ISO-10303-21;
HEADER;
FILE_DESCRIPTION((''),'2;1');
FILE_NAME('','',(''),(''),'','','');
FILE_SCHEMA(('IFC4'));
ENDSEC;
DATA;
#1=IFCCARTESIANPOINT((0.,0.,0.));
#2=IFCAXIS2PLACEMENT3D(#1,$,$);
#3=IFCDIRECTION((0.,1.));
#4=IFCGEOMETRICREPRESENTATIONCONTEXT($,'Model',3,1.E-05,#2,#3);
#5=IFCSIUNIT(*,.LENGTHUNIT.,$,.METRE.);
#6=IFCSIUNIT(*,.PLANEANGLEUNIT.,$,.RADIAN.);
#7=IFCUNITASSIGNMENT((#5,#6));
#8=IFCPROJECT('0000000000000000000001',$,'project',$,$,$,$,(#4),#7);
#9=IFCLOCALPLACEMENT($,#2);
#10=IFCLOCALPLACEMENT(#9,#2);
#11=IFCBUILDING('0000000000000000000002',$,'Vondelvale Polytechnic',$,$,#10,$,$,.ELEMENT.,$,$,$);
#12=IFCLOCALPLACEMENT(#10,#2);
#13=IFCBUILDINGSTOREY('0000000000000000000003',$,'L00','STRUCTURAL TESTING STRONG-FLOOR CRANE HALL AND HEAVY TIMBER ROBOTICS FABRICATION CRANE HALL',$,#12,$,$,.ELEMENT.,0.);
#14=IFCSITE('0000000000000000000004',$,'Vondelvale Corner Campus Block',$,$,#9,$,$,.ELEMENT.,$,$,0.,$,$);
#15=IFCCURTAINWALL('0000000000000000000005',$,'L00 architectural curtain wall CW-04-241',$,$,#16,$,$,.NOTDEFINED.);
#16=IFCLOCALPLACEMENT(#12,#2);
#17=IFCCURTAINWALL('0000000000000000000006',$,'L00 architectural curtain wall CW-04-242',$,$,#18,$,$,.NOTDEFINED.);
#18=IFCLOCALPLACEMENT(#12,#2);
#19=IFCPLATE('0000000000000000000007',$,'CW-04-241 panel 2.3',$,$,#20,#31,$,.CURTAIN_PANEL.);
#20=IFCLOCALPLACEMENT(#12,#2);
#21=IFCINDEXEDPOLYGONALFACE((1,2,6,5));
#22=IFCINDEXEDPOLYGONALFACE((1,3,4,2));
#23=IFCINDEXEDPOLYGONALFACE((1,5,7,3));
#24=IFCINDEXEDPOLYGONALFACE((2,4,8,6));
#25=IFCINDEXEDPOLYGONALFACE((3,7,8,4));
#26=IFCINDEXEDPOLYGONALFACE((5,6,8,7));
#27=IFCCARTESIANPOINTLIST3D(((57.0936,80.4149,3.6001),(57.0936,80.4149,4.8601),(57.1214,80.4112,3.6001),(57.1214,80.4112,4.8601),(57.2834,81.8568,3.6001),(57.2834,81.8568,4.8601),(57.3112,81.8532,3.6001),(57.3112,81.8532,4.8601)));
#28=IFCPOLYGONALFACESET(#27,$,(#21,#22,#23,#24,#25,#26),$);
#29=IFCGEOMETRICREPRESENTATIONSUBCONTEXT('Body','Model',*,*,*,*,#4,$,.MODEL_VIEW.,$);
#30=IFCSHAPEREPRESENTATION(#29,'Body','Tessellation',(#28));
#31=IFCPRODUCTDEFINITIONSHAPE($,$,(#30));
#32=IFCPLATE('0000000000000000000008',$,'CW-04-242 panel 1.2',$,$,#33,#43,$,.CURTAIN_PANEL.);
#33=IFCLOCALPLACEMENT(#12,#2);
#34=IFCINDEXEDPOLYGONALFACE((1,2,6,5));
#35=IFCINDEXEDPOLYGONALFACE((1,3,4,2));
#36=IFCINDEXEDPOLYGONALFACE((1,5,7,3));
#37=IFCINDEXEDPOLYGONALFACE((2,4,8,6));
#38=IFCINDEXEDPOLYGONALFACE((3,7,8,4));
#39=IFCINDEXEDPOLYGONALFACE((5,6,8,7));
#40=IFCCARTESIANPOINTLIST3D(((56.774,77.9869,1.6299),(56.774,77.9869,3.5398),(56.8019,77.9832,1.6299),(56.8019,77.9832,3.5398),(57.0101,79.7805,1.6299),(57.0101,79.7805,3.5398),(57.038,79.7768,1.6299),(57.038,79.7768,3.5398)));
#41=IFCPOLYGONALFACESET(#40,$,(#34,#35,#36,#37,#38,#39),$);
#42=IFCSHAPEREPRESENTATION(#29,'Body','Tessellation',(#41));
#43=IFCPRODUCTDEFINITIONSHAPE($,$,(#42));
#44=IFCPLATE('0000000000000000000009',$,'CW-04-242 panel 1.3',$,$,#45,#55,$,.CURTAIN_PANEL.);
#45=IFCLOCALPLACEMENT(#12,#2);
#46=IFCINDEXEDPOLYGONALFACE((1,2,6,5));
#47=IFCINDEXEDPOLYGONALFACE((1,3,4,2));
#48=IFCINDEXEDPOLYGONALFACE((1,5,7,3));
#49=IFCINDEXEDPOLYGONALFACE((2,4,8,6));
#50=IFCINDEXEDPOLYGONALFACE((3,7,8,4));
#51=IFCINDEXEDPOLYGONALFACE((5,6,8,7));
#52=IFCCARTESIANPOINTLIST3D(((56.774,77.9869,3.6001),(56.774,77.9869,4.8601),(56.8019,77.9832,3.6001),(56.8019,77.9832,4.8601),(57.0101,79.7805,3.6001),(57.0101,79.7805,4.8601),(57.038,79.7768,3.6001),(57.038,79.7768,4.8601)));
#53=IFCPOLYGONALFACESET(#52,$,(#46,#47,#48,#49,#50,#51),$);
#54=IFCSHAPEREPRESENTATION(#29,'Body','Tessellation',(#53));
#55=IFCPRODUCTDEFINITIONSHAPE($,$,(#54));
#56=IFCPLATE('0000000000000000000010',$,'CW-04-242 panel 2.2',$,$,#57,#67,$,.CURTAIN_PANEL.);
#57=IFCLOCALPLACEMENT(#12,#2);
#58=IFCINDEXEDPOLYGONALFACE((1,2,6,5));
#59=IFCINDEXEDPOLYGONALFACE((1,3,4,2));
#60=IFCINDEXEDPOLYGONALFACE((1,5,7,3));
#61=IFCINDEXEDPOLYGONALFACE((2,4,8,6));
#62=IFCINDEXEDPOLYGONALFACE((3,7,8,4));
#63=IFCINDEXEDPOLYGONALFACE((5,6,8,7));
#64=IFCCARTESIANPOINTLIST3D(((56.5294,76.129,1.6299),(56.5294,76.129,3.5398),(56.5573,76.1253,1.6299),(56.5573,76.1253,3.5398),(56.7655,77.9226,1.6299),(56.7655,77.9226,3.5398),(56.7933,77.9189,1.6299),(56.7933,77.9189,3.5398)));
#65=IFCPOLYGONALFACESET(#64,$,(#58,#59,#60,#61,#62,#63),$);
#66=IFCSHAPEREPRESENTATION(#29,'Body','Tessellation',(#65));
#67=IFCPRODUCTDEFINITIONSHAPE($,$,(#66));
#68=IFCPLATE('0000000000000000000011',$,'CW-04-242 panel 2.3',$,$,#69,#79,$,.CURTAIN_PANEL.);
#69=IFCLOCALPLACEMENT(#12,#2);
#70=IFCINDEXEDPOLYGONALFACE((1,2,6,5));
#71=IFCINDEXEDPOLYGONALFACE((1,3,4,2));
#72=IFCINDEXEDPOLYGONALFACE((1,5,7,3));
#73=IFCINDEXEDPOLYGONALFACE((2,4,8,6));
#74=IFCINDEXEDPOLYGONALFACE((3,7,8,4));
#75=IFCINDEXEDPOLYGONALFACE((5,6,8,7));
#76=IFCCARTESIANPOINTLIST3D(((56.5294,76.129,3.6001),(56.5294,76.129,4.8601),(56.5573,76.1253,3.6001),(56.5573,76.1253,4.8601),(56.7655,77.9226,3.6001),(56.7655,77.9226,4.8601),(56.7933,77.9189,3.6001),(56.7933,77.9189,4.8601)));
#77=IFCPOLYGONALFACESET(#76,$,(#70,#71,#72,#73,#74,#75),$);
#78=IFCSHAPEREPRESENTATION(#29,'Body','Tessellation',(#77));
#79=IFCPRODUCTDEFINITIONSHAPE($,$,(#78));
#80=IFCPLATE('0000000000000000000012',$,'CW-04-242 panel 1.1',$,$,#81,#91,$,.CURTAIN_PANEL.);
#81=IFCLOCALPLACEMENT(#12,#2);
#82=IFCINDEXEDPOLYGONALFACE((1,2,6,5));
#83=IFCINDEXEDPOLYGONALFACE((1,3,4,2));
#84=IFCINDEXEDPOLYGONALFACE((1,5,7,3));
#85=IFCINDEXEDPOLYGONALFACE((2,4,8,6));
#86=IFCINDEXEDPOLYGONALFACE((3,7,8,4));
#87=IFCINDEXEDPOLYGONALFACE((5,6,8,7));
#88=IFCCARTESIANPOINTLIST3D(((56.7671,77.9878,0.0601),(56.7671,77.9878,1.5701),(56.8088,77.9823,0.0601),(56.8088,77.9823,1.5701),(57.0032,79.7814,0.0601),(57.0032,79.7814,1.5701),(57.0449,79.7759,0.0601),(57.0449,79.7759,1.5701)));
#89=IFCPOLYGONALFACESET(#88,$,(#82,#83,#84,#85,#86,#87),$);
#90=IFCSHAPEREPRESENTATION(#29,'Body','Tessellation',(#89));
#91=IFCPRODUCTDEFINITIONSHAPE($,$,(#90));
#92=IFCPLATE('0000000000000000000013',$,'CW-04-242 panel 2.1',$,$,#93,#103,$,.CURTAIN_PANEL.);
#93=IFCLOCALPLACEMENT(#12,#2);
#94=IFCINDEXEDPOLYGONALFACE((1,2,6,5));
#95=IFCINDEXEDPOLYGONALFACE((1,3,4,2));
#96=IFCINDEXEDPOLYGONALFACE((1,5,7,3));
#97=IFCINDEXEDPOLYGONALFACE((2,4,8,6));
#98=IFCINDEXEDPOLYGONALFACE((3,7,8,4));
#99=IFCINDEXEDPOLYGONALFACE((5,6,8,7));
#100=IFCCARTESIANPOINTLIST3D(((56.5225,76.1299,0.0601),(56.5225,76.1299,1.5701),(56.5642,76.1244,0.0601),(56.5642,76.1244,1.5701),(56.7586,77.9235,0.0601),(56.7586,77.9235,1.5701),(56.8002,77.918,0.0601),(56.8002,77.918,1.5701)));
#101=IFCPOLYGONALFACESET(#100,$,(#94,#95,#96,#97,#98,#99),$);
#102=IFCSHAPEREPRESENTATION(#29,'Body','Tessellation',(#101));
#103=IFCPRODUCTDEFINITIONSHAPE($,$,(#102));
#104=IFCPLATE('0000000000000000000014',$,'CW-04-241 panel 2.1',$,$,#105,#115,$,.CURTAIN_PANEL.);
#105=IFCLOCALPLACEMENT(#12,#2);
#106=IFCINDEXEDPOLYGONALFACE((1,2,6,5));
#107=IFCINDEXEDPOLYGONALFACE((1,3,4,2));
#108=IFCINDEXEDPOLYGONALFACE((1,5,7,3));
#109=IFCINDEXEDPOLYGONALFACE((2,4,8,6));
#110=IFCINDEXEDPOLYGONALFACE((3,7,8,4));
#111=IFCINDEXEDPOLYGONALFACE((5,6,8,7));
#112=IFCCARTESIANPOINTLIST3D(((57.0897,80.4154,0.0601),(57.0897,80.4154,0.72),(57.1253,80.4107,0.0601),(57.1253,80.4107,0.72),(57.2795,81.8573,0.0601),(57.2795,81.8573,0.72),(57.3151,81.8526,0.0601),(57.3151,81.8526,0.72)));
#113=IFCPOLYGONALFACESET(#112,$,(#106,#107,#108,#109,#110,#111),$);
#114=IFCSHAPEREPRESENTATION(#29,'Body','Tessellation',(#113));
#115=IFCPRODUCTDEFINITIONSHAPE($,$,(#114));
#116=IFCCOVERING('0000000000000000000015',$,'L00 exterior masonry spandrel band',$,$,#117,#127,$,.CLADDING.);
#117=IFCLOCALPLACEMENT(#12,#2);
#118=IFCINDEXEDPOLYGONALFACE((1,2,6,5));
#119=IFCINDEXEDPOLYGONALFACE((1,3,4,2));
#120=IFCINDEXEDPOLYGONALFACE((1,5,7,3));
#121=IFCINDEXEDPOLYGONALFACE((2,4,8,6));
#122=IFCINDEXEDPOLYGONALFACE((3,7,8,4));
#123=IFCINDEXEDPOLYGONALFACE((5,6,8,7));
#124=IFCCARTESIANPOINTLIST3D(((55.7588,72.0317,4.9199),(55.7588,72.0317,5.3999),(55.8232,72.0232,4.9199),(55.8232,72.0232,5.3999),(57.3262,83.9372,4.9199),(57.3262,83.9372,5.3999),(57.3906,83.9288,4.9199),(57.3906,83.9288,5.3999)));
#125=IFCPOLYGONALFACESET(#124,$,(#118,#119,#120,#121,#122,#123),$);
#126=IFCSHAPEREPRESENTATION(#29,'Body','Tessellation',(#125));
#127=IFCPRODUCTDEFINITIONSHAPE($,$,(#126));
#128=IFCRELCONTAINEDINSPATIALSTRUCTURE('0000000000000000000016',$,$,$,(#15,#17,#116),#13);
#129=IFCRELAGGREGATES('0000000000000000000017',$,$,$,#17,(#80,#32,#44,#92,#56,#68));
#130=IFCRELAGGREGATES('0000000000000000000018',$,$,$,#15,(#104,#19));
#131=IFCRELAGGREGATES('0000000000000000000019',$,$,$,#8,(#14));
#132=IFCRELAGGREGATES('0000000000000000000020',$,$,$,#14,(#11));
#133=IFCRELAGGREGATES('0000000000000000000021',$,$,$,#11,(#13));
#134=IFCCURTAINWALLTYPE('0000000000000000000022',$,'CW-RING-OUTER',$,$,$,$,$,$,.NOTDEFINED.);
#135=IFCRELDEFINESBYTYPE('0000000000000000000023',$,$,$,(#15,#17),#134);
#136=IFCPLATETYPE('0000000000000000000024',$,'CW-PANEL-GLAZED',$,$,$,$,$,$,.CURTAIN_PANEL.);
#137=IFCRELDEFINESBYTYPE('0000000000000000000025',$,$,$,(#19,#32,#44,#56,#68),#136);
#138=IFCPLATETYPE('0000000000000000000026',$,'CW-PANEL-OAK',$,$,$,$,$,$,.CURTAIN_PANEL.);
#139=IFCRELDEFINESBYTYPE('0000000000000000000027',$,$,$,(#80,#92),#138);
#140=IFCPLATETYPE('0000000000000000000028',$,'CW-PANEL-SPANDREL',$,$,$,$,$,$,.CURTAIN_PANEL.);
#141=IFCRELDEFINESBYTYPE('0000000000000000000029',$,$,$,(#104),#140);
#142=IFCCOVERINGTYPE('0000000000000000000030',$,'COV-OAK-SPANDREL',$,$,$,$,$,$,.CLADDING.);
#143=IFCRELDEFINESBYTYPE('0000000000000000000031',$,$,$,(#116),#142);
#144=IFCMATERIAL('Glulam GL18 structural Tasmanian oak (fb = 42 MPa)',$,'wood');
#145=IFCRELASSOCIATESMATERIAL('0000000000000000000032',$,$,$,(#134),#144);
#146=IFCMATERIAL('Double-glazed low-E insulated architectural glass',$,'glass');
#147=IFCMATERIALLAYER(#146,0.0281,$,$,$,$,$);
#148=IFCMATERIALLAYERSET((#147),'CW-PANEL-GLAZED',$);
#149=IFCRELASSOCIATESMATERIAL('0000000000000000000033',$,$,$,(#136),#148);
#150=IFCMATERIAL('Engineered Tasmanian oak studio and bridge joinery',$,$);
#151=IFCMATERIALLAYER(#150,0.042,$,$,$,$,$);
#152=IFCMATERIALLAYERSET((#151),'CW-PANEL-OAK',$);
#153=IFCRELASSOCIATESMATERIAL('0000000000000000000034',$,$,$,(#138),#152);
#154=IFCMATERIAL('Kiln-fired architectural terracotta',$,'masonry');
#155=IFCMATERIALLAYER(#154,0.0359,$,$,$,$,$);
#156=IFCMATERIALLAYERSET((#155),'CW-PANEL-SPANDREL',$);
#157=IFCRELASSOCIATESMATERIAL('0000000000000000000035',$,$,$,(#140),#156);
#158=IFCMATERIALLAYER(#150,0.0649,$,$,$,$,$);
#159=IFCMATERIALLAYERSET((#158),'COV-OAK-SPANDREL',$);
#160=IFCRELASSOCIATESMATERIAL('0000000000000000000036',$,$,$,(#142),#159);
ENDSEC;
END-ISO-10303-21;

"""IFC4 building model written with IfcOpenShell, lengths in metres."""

from ifc_helpers import new_model, si_unit, direction, frame, origin, origin_2d, place, context, subcontext, project, spatial, rectangle, extrude, material, layer, layer_set, type_object, element, aggregate, save


model = new_model("IFC4")

# Units and contexts
model_context = context("Model", 3, precision=1e-05, world=origin(), true_north=direction((0.0, 1.0)))
body_context = subcontext(model_context, "Body", "Model", "MODEL_VIEW")
ifc_project = project(units=[si_unit("LENGTHUNIT", "METRE"), si_unit("PLANEANGLEUNIT", "RADIAN")], contexts=[model_context])

# Site, building, storey
site_placement = place(None, origin())
site = spatial("IfcSite", under=ifc_project, at=site_placement, Name="Vondelvale Corner Campus Block", CompositionType="ELEMENT", RefElevation=0.0)
building_placement = place(site_placement, origin())
building = spatial("IfcBuilding", under=site, at=building_placement, Name="Vondelvale Polytechnic", CompositionType="ELEMENT")
storey_placement = place(building_placement, origin())
storey = spatial("IfcBuildingStorey", under=building, at=storey_placement, Name="L00", Description="STRUCTURAL TESTING STRONG-FLOOR CRANE HALL AND HEAVY TIMBER ROBOTICS FABRICATION CRANE HALL", CompositionType="ELEMENT", Elevation=0.0)

# Shared definitions
ifc_material_1 = material(Name="Glulam GL18 structural Tasmanian oak (fb = 42 MPa)", Category="wood")

# Curtain wall
curtain_wall_type = type_object("IfcCurtainWallType", Name="CW-RING-OUTER", PredefinedType="NOTDEFINED", material=ifc_material_1)
curtain_wall_1_placement = place(storey_placement, origin())
curtain_wall_1 = element("IfcCurtainWall", 1, at=curtain_wall_1_placement, inside=storey, type_object=curtain_wall_type, Name="L00 architectural curtain wall CW-04-241", PredefinedType="NOTDEFINED")

# Curtain wall
curtain_wall_2_placement = place(storey_placement, origin())
curtain_wall_2 = element("IfcCurtainWall", 2, at=curtain_wall_2_placement, inside=storey, type_object=curtain_wall_type, Name="L00 architectural curtain wall CW-04-242", PredefinedType="NOTDEFINED")

# Plates
ifc_material_2 = material(Name="Double-glazed low-E insulated architectural glass", Category="glass")
ifc_layer_1 = layer(ifc_material_2, 0.0281)
ifc_layer_set_1 = layer_set([ifc_layer_1], Name="CW-PANEL-GLAZED")
plate_type_1 = type_object("IfcPlateType", Name="CW-PANEL-GLAZED", PredefinedType="CURTAIN_PANEL", material=ifc_layer_set_1)
plate_1_placement = place(storey_placement, frame((57.2024, 81.134, 3.6001), z_axis=(0.0, 0.0, 1.0), x_axis=(-0.130524, -0.991445, 0.0)))
plate_1 = element("IfcPlate", 3, at=plate_1_placement, type_object=plate_type_1, Name="CW-04-241 panel 2.3", PredefinedType="CURTAIN_PANEL", context=body_context, shape_type="SweptSolid", body=[
    extrude(rectangle(XDim=1.4543, YDim=0.0281, at=origin_2d()), origin(), (0.0, 0.0, 1.0), 1.26),
])
plate_2_placement = place(storey_placement, frame((56.906, 78.8818, 1.6299), z_axis=(0.0, 0.0, 1.0), x_axis=(-0.130497, -0.991449, 0.0)))
plate_2 = element("IfcPlate", 4, at=plate_2_placement, type_object=plate_type_1, Name="CW-04-242 panel 1.2", PredefinedType="CURTAIN_PANEL", context=body_context, shape_type="SweptSolid", body=[
    extrude(rectangle(XDim=1.8091, YDim=0.0281, at=origin_2d()), origin(), (0.0, 0.0, 1.0), 1.9099),
])
plate_3_placement = place(storey_placement, frame((56.906, 78.8818, 3.6001), z_axis=(0.0, 0.0, 1.0), x_axis=(-0.130497, -0.991449, 0.0)))
plate_3 = element("IfcPlate", 5, at=plate_3_placement, type_object=plate_type_1, Name="CW-04-242 panel 1.3", PredefinedType="CURTAIN_PANEL", context=body_context, shape_type="SweptSolid", body=[
    extrude(rectangle(XDim=1.8091, YDim=0.0281, at=origin_2d()), origin(), (0.0, 0.0, 1.0), 1.26),
])
plate_4_placement = place(storey_placement, frame((56.6614, 77.0239, 1.6299), z_axis=(0.0, 0.0, 1.0), x_axis=(-0.130497, -0.991449, 0.0)))
plate_4 = element("IfcPlate", 6, at=plate_4_placement, type_object=plate_type_1, Name="CW-04-242 panel 2.2", PredefinedType="CURTAIN_PANEL", context=body_context, shape_type="SweptSolid", body=[
    extrude(rectangle(XDim=1.8091, YDim=0.0281, at=origin_2d()), origin(), (0.0, 0.0, 1.0), 1.9099),
])
plate_5_placement = place(storey_placement, frame((56.6614, 77.0239, 3.6001), z_axis=(0.0, 0.0, 1.0), x_axis=(-0.130497, -0.991449, 0.0)))
plate_5 = element("IfcPlate", 7, at=plate_5_placement, type_object=plate_type_1, Name="CW-04-242 panel 2.3", PredefinedType="CURTAIN_PANEL", context=body_context, shape_type="SweptSolid", body=[
    extrude(rectangle(XDim=1.8091, YDim=0.0281, at=origin_2d()), origin(), (0.0, 0.0, 1.0), 1.26),
])
ifc_material_3 = material(Name="Engineered Tasmanian oak studio and bridge joinery")
ifc_layer_2 = layer(ifc_material_3, 0.042)
ifc_layer_set_2 = layer_set([ifc_layer_2], Name="CW-PANEL-OAK")
plate_type_2 = type_object("IfcPlateType", Name="CW-PANEL-OAK", PredefinedType="CURTAIN_PANEL", material=ifc_layer_set_2)
plate_6_placement = place(storey_placement, frame((56.906, 78.8818, 0.0601), z_axis=(0.0, 0.0, 1.0), x_axis=(-0.130497, -0.991449, 0.0)))
plate_6 = element("IfcPlate", 8, at=plate_6_placement, type_object=plate_type_2, Name="CW-04-242 panel 1.1", PredefinedType="CURTAIN_PANEL", context=body_context, shape_type="SweptSolid", body=[
    extrude(rectangle(XDim=1.8091, YDim=0.042, at=origin_2d()), origin(), (0.0, 0.0, 1.0), 1.51),
])
plate_7_placement = place(storey_placement, frame((56.6614, 77.0239, 0.0601), z_axis=(0.0, 0.0, 1.0), x_axis=(-0.130497, -0.991449, 0.0)))
plate_7 = element("IfcPlate", 9, at=plate_7_placement, type_object=plate_type_2, Name="CW-04-242 panel 2.1", PredefinedType="CURTAIN_PANEL", context=body_context, shape_type="SweptSolid", body=[
    extrude(rectangle(XDim=1.8091, YDim=0.042, at=origin_2d()), origin(), (0.0, 0.0, 1.0), 1.51),
])
aggregate(curtain_wall_2, [plate_6, plate_2, plate_3, plate_7, plate_4, plate_5])
ifc_material_4 = material(Name="Kiln-fired architectural terracotta", Category="masonry")
ifc_layer_3 = layer(ifc_material_4, 0.0359)
ifc_layer_set_3 = layer_set([ifc_layer_3], Name="CW-PANEL-SPANDREL")
plate_type_3 = type_object("IfcPlateType", Name="CW-PANEL-SPANDREL", PredefinedType="CURTAIN_PANEL", material=ifc_layer_set_3)
plate_8_placement = place(storey_placement, frame((57.2024, 81.134, 0.0601), z_axis=(0.0, 0.0, 1.0), x_axis=(-0.130524, -0.991445, 0.0)))
plate_8 = element("IfcPlate", 10, at=plate_8_placement, type_object=plate_type_3, Name="CW-04-241 panel 2.1", PredefinedType="CURTAIN_PANEL", context=body_context, shape_type="SweptSolid", body=[
    extrude(rectangle(XDim=1.4543, YDim=0.0359, at=origin_2d()), origin(), (0.0, 0.0, 1.0), 0.6599),
])
aggregate(curtain_wall_1, [plate_8, plate_1])

# Covering
ifc_layer_4 = layer(ifc_material_3, 0.0649)
ifc_layer_set_4 = layer_set([ifc_layer_4], Name="COV-OAK-SPANDREL")
covering_type = type_object("IfcCoveringType", Name="COV-OAK-SPANDREL", PredefinedType="CLADDING", material=ifc_layer_set_4)
covering_placement = place(storey_placement, frame((56.5747, 77.9802, 4.9199), z_axis=(0.0, 0.0, 1.0), x_axis=(-0.130526, -0.991445, 0.0)))
element("IfcCovering", 11, at=covering_placement, inside=storey, type_object=covering_type, Name="L00 exterior masonry spandrel band", PredefinedType="CLADDING", context=body_context, shape_type="SweptSolid", body=[
    extrude(rectangle(XDim=12.0083, YDim=0.0649, at=origin_2d()), origin(), (0.0, 0.0, 1.0), 0.48),
])

save(model, "model.ifc")
